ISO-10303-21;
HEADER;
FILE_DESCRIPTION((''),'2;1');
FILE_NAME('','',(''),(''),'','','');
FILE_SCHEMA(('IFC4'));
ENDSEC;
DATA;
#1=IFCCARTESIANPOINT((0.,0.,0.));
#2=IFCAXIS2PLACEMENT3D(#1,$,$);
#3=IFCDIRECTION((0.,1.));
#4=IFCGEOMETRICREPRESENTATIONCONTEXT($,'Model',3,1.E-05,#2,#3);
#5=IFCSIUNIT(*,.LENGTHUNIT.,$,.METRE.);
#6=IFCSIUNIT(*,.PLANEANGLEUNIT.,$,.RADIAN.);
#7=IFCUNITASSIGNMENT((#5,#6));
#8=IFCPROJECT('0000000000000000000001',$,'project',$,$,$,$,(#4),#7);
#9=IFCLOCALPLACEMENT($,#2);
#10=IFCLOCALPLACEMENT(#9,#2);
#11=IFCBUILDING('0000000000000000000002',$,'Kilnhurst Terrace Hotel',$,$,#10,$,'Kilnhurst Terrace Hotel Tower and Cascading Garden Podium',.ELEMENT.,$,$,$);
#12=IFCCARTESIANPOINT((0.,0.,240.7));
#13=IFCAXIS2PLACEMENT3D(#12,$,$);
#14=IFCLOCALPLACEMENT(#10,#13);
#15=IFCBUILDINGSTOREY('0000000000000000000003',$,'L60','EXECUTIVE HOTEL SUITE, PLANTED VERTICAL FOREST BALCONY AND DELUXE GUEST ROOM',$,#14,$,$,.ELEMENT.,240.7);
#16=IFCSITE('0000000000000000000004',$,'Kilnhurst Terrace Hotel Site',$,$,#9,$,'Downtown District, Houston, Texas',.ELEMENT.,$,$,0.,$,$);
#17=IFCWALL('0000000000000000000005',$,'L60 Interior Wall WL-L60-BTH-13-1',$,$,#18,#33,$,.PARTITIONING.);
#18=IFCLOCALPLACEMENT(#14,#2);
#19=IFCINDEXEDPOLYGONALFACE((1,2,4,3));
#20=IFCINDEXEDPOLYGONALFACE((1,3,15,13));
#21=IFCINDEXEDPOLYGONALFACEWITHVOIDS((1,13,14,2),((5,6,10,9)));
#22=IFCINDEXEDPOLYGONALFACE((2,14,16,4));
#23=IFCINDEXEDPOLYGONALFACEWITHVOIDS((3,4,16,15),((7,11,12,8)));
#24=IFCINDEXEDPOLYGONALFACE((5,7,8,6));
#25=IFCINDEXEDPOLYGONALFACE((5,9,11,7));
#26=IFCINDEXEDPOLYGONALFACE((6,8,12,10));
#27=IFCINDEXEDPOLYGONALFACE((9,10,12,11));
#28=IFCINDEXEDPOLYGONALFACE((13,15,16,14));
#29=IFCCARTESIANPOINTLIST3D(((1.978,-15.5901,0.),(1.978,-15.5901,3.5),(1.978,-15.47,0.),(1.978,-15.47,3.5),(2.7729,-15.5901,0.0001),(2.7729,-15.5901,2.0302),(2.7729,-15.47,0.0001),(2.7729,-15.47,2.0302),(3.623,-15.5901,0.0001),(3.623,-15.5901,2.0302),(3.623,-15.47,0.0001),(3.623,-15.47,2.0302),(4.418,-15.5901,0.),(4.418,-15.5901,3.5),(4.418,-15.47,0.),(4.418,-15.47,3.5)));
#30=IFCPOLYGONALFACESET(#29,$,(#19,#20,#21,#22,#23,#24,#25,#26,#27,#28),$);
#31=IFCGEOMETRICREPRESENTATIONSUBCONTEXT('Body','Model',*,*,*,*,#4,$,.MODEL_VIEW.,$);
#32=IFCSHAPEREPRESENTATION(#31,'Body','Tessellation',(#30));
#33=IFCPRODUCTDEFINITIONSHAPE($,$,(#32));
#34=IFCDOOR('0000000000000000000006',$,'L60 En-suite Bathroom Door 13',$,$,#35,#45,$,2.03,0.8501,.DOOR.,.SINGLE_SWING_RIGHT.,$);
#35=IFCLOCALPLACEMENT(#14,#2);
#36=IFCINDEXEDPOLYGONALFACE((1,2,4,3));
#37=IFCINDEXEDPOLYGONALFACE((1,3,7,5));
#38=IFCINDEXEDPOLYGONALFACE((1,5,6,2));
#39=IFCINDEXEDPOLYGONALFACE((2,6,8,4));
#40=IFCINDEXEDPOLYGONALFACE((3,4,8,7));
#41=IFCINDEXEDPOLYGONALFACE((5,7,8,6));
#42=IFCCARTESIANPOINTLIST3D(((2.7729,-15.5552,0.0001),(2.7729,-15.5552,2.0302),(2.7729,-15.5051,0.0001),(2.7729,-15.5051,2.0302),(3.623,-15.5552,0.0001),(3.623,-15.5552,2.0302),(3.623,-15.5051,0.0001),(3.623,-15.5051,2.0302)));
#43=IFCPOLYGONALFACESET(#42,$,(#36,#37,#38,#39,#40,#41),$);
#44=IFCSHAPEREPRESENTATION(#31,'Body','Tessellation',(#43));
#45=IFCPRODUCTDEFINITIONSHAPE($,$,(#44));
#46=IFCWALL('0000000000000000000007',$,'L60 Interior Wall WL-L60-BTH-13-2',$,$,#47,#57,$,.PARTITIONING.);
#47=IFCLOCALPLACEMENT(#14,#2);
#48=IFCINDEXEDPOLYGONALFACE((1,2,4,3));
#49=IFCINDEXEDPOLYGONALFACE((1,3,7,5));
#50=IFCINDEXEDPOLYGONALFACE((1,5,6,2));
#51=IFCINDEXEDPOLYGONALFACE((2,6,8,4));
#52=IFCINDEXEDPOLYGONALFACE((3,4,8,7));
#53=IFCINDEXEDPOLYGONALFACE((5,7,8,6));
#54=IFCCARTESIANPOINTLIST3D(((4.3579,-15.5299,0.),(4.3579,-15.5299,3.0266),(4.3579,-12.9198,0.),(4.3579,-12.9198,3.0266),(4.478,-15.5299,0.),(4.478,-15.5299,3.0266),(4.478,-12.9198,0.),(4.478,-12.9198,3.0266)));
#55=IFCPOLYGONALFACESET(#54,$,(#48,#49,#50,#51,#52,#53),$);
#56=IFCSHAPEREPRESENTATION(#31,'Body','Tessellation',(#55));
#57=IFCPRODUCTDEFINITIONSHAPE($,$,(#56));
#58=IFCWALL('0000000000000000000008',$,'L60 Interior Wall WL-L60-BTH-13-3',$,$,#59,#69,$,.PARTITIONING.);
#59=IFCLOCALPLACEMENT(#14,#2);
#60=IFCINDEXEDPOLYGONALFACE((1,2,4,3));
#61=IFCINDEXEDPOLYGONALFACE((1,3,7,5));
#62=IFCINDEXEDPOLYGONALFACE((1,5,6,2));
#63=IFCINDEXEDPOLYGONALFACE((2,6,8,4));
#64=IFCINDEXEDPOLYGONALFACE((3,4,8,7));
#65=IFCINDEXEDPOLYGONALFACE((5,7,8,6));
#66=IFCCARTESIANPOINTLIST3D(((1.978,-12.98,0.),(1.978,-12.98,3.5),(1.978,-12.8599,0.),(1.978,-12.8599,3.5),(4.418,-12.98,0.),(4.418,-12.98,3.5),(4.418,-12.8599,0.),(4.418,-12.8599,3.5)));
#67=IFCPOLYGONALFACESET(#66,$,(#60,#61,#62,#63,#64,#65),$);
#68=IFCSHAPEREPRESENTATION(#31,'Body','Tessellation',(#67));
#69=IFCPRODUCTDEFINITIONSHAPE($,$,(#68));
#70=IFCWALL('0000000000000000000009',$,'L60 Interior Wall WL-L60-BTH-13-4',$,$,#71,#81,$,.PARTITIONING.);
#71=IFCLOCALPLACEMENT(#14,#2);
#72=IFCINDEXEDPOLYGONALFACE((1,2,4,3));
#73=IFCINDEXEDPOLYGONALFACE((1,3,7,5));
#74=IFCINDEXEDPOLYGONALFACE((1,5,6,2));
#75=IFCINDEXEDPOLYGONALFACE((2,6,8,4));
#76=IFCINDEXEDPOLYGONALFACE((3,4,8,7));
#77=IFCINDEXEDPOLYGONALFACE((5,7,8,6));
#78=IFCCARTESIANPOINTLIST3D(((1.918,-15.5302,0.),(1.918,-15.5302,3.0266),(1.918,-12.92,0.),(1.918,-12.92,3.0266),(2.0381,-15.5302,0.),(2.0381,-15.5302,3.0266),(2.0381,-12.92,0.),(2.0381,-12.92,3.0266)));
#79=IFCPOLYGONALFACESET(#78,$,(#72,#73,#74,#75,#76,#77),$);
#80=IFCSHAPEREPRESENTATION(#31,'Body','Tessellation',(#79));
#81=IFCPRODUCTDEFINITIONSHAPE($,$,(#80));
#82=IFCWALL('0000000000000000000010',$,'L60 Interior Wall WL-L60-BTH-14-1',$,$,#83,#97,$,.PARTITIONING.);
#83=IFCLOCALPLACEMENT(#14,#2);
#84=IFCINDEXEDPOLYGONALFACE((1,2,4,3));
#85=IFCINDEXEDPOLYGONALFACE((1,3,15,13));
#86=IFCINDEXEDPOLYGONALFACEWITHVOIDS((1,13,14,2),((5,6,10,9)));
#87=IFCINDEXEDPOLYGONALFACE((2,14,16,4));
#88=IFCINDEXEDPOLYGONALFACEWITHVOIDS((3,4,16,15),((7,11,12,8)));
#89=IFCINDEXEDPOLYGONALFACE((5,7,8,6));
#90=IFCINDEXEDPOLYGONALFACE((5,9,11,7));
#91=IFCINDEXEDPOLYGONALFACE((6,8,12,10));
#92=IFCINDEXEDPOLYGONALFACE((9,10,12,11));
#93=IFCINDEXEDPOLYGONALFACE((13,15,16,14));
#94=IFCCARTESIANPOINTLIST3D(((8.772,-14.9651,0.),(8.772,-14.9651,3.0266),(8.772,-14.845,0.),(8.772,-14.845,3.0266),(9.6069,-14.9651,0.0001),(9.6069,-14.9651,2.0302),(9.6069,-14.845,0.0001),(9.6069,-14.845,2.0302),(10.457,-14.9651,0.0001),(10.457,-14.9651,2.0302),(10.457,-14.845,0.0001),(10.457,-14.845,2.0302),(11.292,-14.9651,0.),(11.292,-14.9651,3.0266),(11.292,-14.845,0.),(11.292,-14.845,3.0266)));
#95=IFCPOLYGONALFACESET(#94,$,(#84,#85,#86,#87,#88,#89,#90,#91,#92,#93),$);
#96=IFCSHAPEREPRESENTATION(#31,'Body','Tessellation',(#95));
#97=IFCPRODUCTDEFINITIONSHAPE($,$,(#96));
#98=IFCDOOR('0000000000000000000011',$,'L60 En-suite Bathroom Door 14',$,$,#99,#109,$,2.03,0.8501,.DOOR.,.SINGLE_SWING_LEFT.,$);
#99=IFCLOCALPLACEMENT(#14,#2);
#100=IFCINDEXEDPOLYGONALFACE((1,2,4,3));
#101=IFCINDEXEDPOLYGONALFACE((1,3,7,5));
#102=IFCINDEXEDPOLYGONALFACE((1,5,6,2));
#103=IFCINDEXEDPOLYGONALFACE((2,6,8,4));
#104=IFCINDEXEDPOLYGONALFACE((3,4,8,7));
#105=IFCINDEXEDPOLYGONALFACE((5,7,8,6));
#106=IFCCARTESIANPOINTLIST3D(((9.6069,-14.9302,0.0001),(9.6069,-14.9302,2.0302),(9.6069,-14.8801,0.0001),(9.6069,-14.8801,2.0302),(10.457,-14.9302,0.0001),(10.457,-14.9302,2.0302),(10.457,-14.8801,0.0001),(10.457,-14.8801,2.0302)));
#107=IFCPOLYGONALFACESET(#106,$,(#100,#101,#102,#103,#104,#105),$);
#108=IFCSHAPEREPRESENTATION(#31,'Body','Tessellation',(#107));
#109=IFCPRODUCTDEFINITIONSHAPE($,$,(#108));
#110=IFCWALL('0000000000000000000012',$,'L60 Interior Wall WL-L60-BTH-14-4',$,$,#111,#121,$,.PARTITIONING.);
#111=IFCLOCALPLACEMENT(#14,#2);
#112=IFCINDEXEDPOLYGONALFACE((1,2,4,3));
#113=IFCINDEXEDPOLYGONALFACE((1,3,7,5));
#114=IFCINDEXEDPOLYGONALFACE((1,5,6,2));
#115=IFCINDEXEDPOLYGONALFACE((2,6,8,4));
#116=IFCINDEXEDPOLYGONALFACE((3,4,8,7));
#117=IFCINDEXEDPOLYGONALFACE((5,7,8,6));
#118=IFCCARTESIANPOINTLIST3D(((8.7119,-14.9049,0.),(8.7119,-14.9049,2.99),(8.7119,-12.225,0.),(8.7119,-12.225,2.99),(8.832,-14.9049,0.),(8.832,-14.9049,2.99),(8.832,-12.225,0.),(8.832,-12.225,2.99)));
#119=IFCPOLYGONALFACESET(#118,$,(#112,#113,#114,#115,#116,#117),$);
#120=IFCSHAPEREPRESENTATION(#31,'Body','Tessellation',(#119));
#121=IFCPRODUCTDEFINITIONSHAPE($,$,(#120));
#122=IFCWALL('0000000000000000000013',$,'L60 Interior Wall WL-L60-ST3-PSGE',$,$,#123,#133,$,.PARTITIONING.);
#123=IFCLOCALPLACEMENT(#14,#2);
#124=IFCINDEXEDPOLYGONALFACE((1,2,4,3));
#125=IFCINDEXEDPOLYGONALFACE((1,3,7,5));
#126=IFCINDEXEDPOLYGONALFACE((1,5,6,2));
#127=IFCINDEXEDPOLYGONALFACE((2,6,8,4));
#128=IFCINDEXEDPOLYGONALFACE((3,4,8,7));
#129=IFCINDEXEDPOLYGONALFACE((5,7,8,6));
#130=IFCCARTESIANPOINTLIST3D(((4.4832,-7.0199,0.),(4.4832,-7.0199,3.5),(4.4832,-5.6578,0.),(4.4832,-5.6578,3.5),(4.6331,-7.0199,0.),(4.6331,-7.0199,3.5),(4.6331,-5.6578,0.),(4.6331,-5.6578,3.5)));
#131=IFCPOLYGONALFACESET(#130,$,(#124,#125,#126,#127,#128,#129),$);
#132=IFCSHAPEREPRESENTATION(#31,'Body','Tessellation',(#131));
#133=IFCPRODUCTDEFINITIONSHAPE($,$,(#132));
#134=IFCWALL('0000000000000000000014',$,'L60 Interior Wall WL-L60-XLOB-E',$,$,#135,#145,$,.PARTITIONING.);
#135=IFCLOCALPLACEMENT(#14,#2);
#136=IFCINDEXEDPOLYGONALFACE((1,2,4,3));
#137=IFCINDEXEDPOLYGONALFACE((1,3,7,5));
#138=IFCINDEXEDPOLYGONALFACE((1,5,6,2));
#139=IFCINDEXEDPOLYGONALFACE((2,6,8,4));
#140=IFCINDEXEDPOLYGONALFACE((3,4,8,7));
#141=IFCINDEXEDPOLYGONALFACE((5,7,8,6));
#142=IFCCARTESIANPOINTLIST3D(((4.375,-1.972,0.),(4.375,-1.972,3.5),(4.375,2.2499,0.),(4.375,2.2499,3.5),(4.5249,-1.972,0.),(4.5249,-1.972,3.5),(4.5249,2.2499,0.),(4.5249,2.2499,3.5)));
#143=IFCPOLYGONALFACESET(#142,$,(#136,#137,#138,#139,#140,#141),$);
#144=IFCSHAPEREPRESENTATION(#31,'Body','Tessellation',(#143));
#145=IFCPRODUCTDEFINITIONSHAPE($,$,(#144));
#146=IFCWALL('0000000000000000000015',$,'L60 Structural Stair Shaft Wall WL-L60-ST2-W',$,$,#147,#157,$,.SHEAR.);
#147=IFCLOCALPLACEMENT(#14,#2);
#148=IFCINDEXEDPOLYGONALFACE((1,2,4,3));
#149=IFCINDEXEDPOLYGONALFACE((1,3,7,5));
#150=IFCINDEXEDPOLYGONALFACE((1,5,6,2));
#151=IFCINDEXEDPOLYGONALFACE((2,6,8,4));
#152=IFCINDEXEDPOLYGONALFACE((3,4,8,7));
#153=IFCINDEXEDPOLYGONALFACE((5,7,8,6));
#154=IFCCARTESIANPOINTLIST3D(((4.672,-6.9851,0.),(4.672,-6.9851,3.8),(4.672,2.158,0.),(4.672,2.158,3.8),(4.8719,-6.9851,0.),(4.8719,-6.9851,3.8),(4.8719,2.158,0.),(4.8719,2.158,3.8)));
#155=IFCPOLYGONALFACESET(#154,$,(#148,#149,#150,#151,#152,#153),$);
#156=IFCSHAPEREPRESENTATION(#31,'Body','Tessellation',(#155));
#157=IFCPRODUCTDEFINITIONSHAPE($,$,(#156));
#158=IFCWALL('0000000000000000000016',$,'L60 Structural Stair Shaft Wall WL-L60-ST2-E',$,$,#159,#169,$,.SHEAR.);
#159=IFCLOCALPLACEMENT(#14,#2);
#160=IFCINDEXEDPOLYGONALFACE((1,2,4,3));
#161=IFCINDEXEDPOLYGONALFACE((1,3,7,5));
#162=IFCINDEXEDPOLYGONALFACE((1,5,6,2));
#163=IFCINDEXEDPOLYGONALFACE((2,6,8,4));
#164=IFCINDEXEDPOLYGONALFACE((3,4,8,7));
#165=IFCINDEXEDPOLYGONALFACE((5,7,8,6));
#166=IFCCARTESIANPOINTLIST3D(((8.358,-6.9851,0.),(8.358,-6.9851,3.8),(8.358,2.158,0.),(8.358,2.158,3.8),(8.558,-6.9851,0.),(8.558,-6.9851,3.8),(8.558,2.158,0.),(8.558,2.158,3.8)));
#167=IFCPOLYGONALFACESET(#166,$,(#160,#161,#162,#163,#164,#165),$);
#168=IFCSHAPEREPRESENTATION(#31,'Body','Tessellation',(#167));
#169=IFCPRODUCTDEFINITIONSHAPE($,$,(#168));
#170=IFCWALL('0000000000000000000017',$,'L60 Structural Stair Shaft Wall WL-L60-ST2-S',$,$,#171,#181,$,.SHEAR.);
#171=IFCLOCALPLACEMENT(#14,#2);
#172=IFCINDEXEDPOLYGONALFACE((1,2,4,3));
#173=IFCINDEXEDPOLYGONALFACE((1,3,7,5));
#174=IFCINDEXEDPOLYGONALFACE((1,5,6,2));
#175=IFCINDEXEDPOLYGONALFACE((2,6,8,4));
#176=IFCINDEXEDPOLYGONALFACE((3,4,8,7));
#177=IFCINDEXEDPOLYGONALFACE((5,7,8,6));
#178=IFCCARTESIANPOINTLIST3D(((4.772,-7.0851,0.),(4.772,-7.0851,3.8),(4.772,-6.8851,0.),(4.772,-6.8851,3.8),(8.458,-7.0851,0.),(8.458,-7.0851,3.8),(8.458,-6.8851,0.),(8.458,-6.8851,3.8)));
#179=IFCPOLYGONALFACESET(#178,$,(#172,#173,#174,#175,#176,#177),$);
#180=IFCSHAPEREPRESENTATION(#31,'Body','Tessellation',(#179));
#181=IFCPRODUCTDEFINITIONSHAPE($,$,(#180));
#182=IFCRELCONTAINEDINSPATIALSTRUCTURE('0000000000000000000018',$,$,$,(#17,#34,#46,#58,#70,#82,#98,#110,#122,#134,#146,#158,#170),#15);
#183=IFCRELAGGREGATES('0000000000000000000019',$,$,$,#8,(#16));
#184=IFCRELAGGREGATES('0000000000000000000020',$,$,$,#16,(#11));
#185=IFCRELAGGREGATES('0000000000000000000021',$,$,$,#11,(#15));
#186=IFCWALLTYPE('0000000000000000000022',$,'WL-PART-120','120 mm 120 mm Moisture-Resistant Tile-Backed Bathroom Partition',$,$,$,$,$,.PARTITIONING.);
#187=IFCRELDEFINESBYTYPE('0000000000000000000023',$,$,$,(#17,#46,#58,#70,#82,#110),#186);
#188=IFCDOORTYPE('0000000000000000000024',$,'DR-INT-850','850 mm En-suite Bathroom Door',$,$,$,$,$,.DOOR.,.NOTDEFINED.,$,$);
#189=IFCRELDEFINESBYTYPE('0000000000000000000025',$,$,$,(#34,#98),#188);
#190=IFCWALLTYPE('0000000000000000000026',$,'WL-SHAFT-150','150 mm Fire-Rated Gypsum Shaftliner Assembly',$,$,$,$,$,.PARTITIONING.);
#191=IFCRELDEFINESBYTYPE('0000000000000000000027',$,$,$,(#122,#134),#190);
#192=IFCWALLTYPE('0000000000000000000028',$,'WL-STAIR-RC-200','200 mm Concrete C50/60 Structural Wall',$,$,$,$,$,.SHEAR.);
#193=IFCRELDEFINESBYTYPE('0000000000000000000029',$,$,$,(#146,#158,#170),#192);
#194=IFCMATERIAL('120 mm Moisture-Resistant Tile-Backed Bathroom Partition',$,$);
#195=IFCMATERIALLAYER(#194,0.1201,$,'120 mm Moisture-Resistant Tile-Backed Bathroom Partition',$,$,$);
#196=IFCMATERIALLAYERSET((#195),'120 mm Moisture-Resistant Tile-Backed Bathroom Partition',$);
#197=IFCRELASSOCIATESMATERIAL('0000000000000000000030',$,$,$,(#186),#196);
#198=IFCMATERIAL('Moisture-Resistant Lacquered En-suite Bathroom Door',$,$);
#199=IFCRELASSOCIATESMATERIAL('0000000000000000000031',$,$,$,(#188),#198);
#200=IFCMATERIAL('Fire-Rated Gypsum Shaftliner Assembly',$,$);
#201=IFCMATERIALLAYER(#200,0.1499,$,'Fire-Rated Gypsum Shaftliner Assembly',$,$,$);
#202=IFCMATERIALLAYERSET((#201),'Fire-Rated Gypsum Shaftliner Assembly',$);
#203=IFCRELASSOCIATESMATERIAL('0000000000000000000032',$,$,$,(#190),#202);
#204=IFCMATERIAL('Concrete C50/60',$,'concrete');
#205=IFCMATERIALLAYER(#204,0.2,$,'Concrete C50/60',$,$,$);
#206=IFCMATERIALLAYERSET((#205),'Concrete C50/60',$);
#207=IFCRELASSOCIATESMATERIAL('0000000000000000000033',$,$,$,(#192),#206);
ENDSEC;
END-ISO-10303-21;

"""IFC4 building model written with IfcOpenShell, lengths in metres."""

from ifc_helpers import new_model, si_unit, direction, frame, frame_2d, origin, place, context, subcontext, project, spatial, rectangle, extrude, material, layer, layer_set, type_object, element, fill, save


model = new_model("IFC4")

# Units and contexts
model_context = context("Model", 3, precision=1e-05, world=origin(), true_north=direction((0.0, 1.0)))
body_context = subcontext(model_context, "Body", "Model", "MODEL_VIEW")
ifc_project = project(units=[si_unit("LENGTHUNIT", "METRE"), si_unit("PLANEANGLEUNIT", "RADIAN")], contexts=[model_context])

# Site, building, storey
site_placement = place(None, origin())
site = spatial("IfcSite", under=ifc_project, at=site_placement, Name="Kilnhurst Terrace Hotel Site", LongName="Downtown District, Houston, Texas", CompositionType="ELEMENT", RefElevation=0.0)
building_placement = place(site_placement, origin())
building = spatial("IfcBuilding", under=site, at=building_placement, Name="Kilnhurst Terrace Hotel", LongName="Kilnhurst Terrace Hotel Tower and Cascading Garden Podium", CompositionType="ELEMENT")
storey_placement = place(building_placement, frame((0.0, 0.0, 240.7)))
storey = spatial("IfcBuildingStorey", under=building, at=storey_placement, Name="L60", Description="EXECUTIVE HOTEL SUITE, PLANTED VERTICAL FOREST BALCONY AND DELUXE GUEST ROOM", CompositionType="ELEMENT", Elevation=240.7)

# Shared definitions
ifc_material_1 = material(Name="Concrete C50/60", Category="concrete")

# Wall, opening, door
ifc_material_2 = material(Name="120 mm Moisture-Resistant Tile-Backed Bathroom Partition")
ifc_layer_1 = layer(ifc_material_2, 0.1201, Name="120 mm Moisture-Resistant Tile-Backed Bathroom Partition")
ifc_layer_set_1 = layer_set([ifc_layer_1], Name="120 mm Moisture-Resistant Tile-Backed Bathroom Partition")
wall_type_1 = type_object("IfcWallType", Name="WL-PART-120", Description="120 mm 120 mm Moisture-Resistant Tile-Backed Bathroom Partition", PredefinedType="PARTITIONING", material=ifc_layer_set_1)
wall_1_placement = place(storey_placement, frame((1.978, -15.53, 0.0), z_axis=(0.0, 0.0, 1.0), x_axis=(1.0, 0.0, 0.0)))
wall_1 = element("IfcWall", 1, at=wall_1_placement, inside=storey, type_object=wall_type_1, Name="L60 Interior Wall WL-L60-BTH-13-1", PredefinedType="PARTITIONING", context=body_context, shape_type="SweptSolid", body=[
    extrude(rectangle(XDim=2.4399, YDim=0.1201, at=frame_2d((1.22, 0.0))), origin(), (0.0, 0.0, 1.0), 3.5),
])
opening_1_placement = place(wall_1_placement, frame((0.7949, 0.0, 0.0)))
opening_1 = element("IfcOpeningElement", 2, at=opening_1_placement, cuts=wall_1, PredefinedType="OPENING", context=body_context, shape_type="SweptSolid", body=[
    extrude(rectangle(XDim=0.8501, YDim=2.03, at=frame_2d((0.425, 1.0151))), frame((0.0, 0.0701, 0.0), z_axis=(0.0, -1.0, 0.0), x_axis=(1.0, 0.0, 0.0)), (0.0, 0.0, 1.0), 0.1401),
])
ifc_material_3 = material(Name="Moisture-Resistant Lacquered En-suite Bathroom Door")
door_type = type_object("IfcDoorType", Name="DR-INT-850", Description="850 mm En-suite Bathroom Door", OperationType="NOTDEFINED", PredefinedType="DOOR", material=ifc_material_3)
door_1_placement = place(opening_1_placement, origin())
door_1 = element("IfcDoor", 3, at=door_1_placement, inside=storey, type_object=door_type, Name="L60 En-suite Bathroom Door 13", OperationType="SINGLE_SWING_RIGHT", OverallHeight=2.03, OverallWidth=0.8501, PredefinedType="DOOR", context=body_context, shape_type="SweptSolid", body=[
    extrude(rectangle(XDim=0.8501, YDim=2.03, at=frame_2d((0.425, 1.0151))), frame((0.0, 0.0249, 0.0), z_axis=(0.0, -1.0, 0.0), x_axis=(1.0, 0.0, 0.0)), (0.0, 0.0, 1.0), 0.05),
])
fill(opening_1, door_1)

# Walls
wall_2_placement = place(storey_placement, frame((4.418, -15.53, 0.0), z_axis=(0.0, 0.0, 1.0), x_axis=(0.0, 1.0, 0.0)))
element("IfcWall", 4, at=wall_2_placement, inside=storey, type_object=wall_type_1, Name="L60 Interior Wall WL-L60-BTH-13-2", PredefinedType="PARTITIONING", context=body_context, shape_type="SweptSolid", body=[
    extrude(rectangle(XDim=2.6101, YDim=0.1201, at=frame_2d((1.3052, 0.0))), origin(), (0.0, 0.0, 1.0), 3.0266),
])
wall_3_placement = place(storey_placement, frame((4.418, -12.9199, 0.0), z_axis=(0.0, 0.0, 1.0), x_axis=(-1.0, 0.0, 0.0)))
element("IfcWall", 5, at=wall_3_placement, inside=storey, type_object=wall_type_1, Name="L60 Interior Wall WL-L60-BTH-13-3", PredefinedType="PARTITIONING", context=body_context, shape_type="SweptSolid", body=[
    extrude(rectangle(XDim=2.4399, YDim=0.1201, at=frame_2d((1.22, 0.0))), origin(), (0.0, 0.0, 1.0), 3.5),
])
wall_4_placement = place(storey_placement, frame((1.978, -12.9199, 0.0), z_axis=(0.0, 0.0, 1.0), x_axis=(0.0, -1.0, 0.0)))
element("IfcWall", 6, at=wall_4_placement, inside=storey, type_object=wall_type_1, Name="L60 Interior Wall WL-L60-BTH-13-4", PredefinedType="PARTITIONING", context=body_context, shape_type="SweptSolid", body=[
    extrude(rectangle(XDim=2.6101, YDim=0.1201, at=frame_2d((1.3052, 0.0))), origin(), (0.0, 0.0, 1.0), 3.0266),
])

# Wall, opening, door
wall_5_placement = place(storey_placement, frame((8.772, -14.905, 0.0), z_axis=(0.0, 0.0, 1.0), x_axis=(1.0, 0.0, 0.0)))
wall_5 = element("IfcWall", 7, at=wall_5_placement, inside=storey, type_object=wall_type_1, Name="L60 Interior Wall WL-L60-BTH-14-1", PredefinedType="PARTITIONING", context=body_context, shape_type="SweptSolid", body=[
    extrude(rectangle(XDim=2.52, YDim=0.1201, at=frame_2d((1.26, 0.0))), origin(), (0.0, 0.0, 1.0), 3.0266),
])
opening_2_placement = place(wall_5_placement, frame((0.835, 0.0, 0.0)))
opening_2 = element("IfcOpeningElement", 8, at=opening_2_placement, cuts=wall_5, PredefinedType="OPENING", context=body_context, shape_type="SweptSolid", body=[
    extrude(rectangle(XDim=0.8501, YDim=2.03, at=frame_2d((0.425, 1.0151))), frame((0.0, 0.0701, 0.0), z_axis=(0.0, -1.0, 0.0), x_axis=(1.0, 0.0, 0.0)), (0.0, 0.0, 1.0), 0.1401),
])
door_2_placement = place(opening_2_placement, origin())
door_2 = element("IfcDoor", 9, at=door_2_placement, inside=storey, type_object=door_type, Name="L60 En-suite Bathroom Door 14", OperationType="SINGLE_SWING_LEFT", OverallHeight=2.03, OverallWidth=0.8501, PredefinedType="DOOR", context=body_context, shape_type="SweptSolid", body=[
    extrude(rectangle(XDim=0.8501, YDim=2.03, at=frame_2d((0.425, 1.0151))), frame((0.0, 0.0249, 0.0), z_axis=(0.0, -1.0, 0.0), x_axis=(1.0, 0.0, 0.0)), (0.0, 0.0, 1.0), 0.05),
])
fill(opening_2, door_2)

# Walls
wall_6_placement = place(storey_placement, frame((8.772, -12.2251, 0.0), z_axis=(0.0, 0.0, 1.0), x_axis=(0.0, -1.0, 0.0)))
element("IfcWall", 10, at=wall_6_placement, inside=storey, type_object=wall_type_1, Name="L60 Interior Wall WL-L60-BTH-14-4", PredefinedType="PARTITIONING", context=body_context, shape_type="SweptSolid", body=[
    extrude(rectangle(XDim=2.6799, YDim=0.1201, at=frame_2d((1.3398, 0.0))), origin(), (0.0, 0.0, 1.0), 2.99),
])
ifc_material_4 = material(Name="Fire-Rated Gypsum Shaftliner Assembly")
ifc_layer_2 = layer(ifc_material_4, 0.1499, Name="Fire-Rated Gypsum Shaftliner Assembly")
ifc_layer_set_2 = layer_set([ifc_layer_2], Name="Fire-Rated Gypsum Shaftliner Assembly")
wall_type_2 = type_object("IfcWallType", Name="WL-SHAFT-150", Description="150 mm Fire-Rated Gypsum Shaftliner Assembly", PredefinedType="PARTITIONING", material=ifc_layer_set_2)
wall_7_placement = place(storey_placement, frame((4.5581, -7.02, 0.0), z_axis=(0.0, 0.0, 1.0), x_axis=(0.0, 1.0, 0.0)))
element("IfcWall", 11, at=wall_7_placement, inside=storey, type_object=wall_type_2, Name="L60 Interior Wall WL-L60-ST3-PSGE", PredefinedType="PARTITIONING", context=body_context, shape_type="SweptSolid", body=[
    extrude(rectangle(XDim=1.3621, YDim=0.1499, at=frame_2d((0.6812, 0.0))), origin(), (0.0, 0.0, 1.0), 3.5),
])
wall_8_placement = place(storey_placement, frame((4.45, -1.9719, 0.0), z_axis=(0.0, 0.0, 1.0), x_axis=(0.0, 1.0, 0.0)))
element("IfcWall", 12, at=wall_8_placement, inside=storey, type_object=wall_type_2, Name="L60 Interior Wall WL-L60-XLOB-E", PredefinedType="PARTITIONING", context=body_context, shape_type="SweptSolid", body=[
    extrude(rectangle(XDim=4.2219, YDim=0.1499, at=frame_2d((2.1108, 0.0))), origin(), (0.0, 0.0, 1.0), 3.5),
])
ifc_layer_3 = layer(ifc_material_1, 0.2, Name="Concrete C50/60")
ifc_layer_set_3 = layer_set([ifc_layer_3], Name="Concrete C50/60")
wall_type_3 = type_object("IfcWallType", Name="WL-STAIR-RC-200", Description="200 mm Concrete C50/60 Structural Wall", PredefinedType="SHEAR", material=ifc_layer_set_3)
for number, where, z_axis, x_axis, name in (
    (13, (4.772, -6.9851, 0.0), (0.0, 0.0, 1.0), (0.0, 1.0, 0.0), "L60 Structural Stair Shaft Wall WL-L60-ST2-W"),
    (14, (8.458, -6.9851, 0.0), (0.0, 0.0, 1.0), (0.0, 1.0, 0.0), "L60 Structural Stair Shaft Wall WL-L60-ST2-E"),
):
    element("IfcWall", number, at=place(storey_placement, frame(where, z_axis=z_axis, x_axis=x_axis)), inside=storey, type_object=wall_type_3, Name=name, PredefinedType="SHEAR", context=body_context, shape_type="SweptSolid", body=[
        extrude(rectangle(XDim=9.1431, YDim=0.2, at=frame_2d((4.5715, 0.0))), origin(), (0.0, 0.0, 1.0), 3.8),
    ])
for number, where, z_axis, x_axis, name in (
    (15, (4.772, -6.9851, 0.0), (0.0, 0.0, 1.0), (1.0, 0.0, 0.0), "L60 Structural Stair Shaft Wall WL-L60-ST2-S"),
):
    element("IfcWall", number, at=place(storey_placement, frame(where, z_axis=z_axis, x_axis=x_axis)), inside=storey, type_object=wall_type_3, Name=name, PredefinedType="SHEAR", context=body_context, shape_type="SweptSolid", body=[
        extrude(rectangle(XDim=3.686, YDim=0.2, at=frame_2d((1.843, 0.0))), origin(), (0.0, 0.0, 1.0), 3.8),
    ])

save(model, "model.ifc")
